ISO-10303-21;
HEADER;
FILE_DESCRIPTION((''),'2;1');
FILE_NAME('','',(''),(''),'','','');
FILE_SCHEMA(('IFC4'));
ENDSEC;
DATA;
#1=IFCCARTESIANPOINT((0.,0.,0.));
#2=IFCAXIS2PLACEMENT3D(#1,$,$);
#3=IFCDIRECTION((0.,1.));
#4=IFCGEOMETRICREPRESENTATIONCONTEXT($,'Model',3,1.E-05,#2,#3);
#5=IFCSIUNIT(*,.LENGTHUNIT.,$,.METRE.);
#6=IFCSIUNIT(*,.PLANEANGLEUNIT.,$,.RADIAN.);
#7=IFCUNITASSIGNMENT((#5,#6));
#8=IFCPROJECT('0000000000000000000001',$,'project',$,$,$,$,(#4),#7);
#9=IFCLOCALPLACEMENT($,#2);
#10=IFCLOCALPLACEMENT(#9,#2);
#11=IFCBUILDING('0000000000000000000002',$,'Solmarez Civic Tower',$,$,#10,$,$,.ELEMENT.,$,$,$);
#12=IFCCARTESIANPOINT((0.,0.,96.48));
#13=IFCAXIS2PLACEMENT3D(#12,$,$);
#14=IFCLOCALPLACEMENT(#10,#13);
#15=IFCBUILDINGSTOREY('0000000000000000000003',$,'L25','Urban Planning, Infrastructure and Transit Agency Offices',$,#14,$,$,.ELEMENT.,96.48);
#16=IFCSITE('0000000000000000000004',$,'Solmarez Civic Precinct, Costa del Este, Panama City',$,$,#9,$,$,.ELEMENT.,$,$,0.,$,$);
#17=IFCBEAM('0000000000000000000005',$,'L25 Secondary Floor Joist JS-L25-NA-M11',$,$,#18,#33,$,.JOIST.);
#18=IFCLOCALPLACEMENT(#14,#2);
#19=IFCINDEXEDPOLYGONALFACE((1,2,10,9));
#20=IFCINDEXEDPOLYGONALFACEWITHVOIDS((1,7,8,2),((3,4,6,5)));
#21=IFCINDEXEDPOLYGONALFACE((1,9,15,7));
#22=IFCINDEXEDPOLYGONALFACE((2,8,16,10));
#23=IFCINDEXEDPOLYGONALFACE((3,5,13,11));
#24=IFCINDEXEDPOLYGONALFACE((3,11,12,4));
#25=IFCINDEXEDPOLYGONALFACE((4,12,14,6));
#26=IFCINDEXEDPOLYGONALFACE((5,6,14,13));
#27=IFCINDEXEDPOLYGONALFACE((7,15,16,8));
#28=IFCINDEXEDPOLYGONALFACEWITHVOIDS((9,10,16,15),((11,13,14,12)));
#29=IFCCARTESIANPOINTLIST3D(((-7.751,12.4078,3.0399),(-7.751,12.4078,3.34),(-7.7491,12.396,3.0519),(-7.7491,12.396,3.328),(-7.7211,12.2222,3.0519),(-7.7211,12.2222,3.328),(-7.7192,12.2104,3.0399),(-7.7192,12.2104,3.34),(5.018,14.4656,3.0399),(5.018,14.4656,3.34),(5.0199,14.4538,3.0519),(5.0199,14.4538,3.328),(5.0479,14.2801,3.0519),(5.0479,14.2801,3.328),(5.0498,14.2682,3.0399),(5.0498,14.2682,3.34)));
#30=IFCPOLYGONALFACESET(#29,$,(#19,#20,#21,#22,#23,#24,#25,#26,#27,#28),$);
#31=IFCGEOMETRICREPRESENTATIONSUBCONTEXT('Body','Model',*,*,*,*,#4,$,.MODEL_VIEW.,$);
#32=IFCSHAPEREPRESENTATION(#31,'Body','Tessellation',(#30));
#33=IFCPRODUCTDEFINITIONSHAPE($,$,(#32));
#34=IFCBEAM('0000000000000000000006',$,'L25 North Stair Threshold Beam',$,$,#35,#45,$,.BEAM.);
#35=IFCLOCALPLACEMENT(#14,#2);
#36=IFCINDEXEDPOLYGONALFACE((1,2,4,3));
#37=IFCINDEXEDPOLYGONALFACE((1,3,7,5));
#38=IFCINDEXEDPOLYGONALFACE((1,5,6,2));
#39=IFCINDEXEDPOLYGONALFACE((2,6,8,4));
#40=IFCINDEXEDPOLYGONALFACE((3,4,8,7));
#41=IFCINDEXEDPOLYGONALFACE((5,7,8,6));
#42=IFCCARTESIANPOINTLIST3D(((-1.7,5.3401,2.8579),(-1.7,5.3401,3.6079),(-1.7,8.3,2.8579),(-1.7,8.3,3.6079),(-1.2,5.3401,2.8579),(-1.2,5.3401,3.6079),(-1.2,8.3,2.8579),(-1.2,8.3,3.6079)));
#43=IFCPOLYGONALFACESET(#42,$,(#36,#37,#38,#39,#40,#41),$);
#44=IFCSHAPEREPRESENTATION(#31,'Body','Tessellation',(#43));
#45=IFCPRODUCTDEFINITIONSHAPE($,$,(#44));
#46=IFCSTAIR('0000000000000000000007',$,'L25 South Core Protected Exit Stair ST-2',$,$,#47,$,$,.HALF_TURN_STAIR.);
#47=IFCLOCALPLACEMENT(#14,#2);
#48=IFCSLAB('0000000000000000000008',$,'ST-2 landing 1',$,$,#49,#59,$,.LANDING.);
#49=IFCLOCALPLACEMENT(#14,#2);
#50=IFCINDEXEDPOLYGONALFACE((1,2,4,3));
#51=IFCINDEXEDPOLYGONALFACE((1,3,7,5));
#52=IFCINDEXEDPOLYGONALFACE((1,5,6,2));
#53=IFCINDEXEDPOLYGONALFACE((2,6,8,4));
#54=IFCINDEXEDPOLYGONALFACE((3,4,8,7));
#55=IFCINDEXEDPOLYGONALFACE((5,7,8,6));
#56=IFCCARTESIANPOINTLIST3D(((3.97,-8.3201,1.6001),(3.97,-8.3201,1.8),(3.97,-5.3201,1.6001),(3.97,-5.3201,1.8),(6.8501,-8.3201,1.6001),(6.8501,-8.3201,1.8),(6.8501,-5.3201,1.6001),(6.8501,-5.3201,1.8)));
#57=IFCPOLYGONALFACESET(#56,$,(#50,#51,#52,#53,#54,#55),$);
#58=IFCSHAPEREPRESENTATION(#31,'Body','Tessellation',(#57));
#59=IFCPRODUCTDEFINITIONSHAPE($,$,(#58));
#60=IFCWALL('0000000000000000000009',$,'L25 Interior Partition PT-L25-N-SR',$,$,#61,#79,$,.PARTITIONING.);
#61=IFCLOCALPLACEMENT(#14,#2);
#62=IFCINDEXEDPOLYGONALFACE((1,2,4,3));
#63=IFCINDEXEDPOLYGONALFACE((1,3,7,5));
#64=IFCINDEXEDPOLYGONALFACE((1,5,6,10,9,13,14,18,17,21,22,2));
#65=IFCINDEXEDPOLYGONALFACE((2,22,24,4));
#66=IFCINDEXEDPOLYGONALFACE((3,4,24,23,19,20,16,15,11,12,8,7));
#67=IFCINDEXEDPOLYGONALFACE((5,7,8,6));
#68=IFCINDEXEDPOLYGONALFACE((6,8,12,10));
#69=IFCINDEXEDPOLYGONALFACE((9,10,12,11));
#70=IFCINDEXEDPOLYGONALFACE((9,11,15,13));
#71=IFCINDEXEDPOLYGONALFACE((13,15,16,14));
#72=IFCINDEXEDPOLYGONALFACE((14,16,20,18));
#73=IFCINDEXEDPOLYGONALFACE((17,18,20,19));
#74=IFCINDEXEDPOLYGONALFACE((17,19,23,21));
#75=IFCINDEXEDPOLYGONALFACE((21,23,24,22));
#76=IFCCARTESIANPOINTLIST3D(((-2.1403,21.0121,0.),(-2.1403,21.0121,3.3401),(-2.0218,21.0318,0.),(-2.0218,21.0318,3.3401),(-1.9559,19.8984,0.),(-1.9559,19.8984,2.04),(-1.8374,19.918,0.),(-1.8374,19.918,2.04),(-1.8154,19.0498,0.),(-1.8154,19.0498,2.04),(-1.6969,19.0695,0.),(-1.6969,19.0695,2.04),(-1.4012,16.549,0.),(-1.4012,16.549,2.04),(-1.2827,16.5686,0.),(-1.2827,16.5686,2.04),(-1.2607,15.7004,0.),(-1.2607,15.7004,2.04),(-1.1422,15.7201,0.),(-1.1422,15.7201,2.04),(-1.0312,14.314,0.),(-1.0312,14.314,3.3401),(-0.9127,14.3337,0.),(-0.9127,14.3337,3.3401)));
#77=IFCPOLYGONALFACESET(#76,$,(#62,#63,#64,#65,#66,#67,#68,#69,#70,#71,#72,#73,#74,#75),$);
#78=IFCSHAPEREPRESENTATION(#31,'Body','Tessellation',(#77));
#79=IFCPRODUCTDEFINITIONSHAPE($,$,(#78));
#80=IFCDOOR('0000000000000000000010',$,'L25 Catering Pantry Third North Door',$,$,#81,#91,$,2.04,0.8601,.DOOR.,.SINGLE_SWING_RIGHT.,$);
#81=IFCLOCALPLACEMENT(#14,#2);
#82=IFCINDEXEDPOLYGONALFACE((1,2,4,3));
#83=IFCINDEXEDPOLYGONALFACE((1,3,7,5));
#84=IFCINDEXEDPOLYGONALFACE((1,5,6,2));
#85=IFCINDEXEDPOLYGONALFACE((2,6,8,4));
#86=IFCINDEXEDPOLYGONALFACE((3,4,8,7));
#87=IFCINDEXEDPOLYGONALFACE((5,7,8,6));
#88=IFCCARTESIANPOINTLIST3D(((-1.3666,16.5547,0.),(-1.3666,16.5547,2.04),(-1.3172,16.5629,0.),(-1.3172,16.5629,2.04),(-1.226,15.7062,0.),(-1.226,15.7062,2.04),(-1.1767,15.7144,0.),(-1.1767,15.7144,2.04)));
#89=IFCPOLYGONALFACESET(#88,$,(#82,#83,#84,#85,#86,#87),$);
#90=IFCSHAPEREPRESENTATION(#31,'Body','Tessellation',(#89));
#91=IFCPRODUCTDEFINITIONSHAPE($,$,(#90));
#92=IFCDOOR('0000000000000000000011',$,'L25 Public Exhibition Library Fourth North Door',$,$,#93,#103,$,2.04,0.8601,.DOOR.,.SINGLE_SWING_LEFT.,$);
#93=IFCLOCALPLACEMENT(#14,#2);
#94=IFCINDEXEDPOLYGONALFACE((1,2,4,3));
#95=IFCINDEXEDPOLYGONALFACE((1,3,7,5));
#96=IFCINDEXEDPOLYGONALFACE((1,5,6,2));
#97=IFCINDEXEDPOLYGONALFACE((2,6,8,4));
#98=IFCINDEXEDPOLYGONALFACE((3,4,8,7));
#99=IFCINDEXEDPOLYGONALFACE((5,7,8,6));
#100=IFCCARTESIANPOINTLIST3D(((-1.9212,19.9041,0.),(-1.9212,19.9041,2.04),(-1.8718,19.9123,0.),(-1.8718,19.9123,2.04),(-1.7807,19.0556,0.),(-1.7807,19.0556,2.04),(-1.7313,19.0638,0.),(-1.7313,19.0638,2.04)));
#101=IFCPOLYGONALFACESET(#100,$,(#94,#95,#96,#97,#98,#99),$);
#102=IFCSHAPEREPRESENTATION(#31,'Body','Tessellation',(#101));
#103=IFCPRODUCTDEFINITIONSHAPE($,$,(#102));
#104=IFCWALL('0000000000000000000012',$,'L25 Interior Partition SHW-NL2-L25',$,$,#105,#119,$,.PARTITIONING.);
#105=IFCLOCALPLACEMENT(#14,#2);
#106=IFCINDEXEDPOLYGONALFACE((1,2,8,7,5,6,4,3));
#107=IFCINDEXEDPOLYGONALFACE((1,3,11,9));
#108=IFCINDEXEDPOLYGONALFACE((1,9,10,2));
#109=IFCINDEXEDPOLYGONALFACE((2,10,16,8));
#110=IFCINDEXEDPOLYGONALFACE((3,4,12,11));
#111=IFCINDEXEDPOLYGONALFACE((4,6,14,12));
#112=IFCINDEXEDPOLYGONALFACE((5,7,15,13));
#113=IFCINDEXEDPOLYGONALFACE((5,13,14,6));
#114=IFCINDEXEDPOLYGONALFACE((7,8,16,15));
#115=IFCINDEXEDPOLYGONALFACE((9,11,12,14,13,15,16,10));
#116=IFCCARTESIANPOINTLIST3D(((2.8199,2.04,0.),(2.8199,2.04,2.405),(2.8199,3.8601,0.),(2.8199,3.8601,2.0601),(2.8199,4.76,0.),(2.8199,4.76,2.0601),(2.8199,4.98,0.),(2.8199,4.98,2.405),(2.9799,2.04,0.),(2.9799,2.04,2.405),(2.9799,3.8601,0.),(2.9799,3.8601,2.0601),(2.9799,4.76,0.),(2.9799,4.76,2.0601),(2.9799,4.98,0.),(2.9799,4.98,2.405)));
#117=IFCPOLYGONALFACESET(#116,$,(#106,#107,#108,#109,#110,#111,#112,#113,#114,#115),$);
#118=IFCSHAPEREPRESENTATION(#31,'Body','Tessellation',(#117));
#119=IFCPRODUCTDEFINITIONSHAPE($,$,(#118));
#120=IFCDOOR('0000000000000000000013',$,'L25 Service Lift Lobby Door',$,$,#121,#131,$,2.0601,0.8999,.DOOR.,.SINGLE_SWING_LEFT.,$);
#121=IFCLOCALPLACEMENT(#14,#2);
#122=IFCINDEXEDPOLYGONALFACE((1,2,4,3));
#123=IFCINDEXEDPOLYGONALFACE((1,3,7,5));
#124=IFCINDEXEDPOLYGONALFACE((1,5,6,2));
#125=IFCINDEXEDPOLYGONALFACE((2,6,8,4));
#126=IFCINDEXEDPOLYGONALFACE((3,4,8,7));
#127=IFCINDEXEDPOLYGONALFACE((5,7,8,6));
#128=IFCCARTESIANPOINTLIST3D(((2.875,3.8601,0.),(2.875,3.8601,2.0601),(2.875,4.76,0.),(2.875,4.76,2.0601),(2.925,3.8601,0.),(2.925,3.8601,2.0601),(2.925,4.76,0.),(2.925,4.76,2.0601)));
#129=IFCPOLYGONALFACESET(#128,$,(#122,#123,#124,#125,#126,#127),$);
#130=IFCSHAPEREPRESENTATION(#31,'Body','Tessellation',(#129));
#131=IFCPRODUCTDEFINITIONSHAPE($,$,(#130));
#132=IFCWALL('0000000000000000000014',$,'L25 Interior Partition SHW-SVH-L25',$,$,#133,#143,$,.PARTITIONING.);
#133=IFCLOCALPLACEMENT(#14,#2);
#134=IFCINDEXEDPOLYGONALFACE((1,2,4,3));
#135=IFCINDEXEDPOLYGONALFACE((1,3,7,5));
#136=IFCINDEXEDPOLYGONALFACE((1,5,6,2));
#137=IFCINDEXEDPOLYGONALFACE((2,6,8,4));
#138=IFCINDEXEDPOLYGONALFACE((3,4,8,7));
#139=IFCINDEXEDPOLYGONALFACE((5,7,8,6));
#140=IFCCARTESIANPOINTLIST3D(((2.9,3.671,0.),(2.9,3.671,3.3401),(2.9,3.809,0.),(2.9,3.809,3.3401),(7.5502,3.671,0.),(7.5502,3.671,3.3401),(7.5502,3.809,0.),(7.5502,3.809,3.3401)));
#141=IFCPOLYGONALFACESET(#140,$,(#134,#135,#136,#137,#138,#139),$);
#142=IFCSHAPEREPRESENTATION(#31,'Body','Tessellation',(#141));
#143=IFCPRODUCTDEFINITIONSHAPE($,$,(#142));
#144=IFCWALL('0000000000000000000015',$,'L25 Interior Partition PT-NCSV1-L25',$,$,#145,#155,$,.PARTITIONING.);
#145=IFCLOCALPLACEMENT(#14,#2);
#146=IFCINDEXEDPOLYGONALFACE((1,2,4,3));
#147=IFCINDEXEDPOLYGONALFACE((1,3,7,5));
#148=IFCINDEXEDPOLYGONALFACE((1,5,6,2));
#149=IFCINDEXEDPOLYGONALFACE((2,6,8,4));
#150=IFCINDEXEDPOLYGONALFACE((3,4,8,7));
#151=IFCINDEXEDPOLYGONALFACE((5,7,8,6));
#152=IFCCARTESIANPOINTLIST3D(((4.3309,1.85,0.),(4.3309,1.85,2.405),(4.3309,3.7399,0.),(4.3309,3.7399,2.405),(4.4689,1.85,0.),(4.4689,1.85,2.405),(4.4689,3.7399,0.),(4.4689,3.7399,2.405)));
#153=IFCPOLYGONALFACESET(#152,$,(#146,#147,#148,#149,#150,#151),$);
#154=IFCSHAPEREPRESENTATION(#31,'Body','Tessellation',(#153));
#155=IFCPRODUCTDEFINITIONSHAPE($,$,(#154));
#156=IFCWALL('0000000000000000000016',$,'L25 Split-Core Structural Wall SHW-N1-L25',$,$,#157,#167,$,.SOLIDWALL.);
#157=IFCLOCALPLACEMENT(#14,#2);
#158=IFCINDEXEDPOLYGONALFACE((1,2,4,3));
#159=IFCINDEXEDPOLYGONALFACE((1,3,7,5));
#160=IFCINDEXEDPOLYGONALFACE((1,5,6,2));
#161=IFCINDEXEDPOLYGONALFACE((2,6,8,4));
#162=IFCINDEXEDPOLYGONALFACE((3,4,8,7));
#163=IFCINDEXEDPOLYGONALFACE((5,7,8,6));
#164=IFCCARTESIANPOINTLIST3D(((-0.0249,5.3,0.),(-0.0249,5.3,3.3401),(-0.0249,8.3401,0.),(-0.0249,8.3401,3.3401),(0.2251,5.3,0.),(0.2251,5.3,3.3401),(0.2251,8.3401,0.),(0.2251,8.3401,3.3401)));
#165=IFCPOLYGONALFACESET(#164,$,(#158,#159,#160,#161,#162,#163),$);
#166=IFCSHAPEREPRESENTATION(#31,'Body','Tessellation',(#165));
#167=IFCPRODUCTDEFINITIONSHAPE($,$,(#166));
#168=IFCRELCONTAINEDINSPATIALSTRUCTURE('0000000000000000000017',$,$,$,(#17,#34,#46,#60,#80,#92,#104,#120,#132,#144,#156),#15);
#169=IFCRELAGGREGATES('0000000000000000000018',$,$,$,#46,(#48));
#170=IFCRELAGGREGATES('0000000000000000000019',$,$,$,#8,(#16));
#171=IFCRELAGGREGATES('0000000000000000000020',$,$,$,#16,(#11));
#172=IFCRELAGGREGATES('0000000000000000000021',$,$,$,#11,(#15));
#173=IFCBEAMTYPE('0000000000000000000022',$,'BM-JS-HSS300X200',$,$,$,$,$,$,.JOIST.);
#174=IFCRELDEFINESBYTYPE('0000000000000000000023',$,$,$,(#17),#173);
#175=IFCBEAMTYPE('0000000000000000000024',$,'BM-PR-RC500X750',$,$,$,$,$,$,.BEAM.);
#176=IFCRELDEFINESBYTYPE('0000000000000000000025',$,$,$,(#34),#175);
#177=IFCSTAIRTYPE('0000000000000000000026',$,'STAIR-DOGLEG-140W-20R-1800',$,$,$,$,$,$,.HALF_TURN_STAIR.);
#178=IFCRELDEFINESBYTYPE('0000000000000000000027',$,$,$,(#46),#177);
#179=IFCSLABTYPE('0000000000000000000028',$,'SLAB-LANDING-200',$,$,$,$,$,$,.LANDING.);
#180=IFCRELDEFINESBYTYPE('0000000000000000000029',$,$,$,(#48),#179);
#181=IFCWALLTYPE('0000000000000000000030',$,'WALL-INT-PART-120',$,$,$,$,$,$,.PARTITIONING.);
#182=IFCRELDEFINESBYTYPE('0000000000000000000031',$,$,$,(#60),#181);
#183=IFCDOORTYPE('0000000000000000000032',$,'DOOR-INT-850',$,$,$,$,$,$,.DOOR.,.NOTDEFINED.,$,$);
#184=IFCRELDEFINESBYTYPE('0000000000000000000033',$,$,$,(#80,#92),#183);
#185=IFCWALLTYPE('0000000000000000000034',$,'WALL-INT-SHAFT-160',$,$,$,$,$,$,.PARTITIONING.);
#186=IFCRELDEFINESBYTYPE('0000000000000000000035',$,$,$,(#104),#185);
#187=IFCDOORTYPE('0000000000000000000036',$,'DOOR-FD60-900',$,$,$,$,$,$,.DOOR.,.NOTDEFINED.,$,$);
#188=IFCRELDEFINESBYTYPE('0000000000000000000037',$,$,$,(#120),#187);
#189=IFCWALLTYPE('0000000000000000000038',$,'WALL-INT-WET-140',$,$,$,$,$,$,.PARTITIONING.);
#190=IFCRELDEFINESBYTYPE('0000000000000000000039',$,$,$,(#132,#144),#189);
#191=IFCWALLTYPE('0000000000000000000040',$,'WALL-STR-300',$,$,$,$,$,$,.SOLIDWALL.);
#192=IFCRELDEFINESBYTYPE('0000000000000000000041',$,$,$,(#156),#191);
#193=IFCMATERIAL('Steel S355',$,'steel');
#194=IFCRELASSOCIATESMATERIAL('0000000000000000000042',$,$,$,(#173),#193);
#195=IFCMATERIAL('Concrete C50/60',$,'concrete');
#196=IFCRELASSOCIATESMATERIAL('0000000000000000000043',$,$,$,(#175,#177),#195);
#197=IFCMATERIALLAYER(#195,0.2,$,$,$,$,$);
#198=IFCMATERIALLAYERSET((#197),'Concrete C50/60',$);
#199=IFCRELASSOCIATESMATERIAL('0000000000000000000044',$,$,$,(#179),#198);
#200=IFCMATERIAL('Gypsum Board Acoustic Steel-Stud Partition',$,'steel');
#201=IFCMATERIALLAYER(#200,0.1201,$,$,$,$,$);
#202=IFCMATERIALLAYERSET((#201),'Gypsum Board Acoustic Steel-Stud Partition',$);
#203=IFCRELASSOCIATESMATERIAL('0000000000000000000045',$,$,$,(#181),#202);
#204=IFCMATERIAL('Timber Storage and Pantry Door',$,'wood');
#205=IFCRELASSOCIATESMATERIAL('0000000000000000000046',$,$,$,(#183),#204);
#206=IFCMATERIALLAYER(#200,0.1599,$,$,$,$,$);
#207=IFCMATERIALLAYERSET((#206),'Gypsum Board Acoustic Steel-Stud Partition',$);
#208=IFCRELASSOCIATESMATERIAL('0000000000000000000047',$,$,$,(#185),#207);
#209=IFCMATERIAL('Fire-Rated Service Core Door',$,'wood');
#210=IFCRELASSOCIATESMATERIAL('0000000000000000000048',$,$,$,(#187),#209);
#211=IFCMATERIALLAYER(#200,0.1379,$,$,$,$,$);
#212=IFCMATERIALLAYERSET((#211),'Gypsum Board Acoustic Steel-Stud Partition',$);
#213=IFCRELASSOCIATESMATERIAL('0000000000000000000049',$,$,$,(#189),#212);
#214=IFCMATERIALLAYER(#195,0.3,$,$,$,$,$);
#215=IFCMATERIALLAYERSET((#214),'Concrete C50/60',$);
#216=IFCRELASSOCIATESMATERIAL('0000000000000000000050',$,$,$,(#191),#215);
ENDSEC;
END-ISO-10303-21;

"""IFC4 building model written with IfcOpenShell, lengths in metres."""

from ifc_helpers import new_model, si_unit, direction, frame, frame_2d, origin, origin_2d, place, context, subcontext, project, spatial, polyline, rectangle, hollow_rectangle, outline, extrude, material, layer, layer_set, material_profile, profile_set, type_object, element, fill, aggregate, save


model = new_model("IFC4")

# Units and contexts
model_context = context("Model", 3, precision=1e-05, world=origin(), true_north=direction((0.0, 1.0)))
body_context = subcontext(model_context, "Body", "Model", "MODEL_VIEW")
ifc_project = project(units=[si_unit("LENGTHUNIT", "METRE"), si_unit("PLANEANGLEUNIT", "RADIAN")], contexts=[model_context])

# Site, building, storey
site_placement = place(None, origin())
site = spatial("IfcSite", under=ifc_project, at=site_placement, Name="Solmarez Civic Precinct, Costa del Este, Panama City", CompositionType="ELEMENT", RefElevation=0.0)
building_placement = place(site_placement, origin())
building = spatial("IfcBuilding", under=site, at=building_placement, Name="Solmarez Civic Tower", CompositionType="ELEMENT")
storey_placement = place(building_placement, frame((0.0, 0.0, 96.48)))
storey = spatial("IfcBuildingStorey", under=building, at=storey_placement, Name="L25", Description="Urban Planning, Infrastructure and Transit Agency Offices", CompositionType="ELEMENT", Elevation=96.48)

# Beams
ifc_material_1 = material(Name="Steel S355", Category="steel")
ifc_material_profile_1 = material_profile(ifc_material_1, hollow_rectangle(XDim=0.2, YDim=0.3, WallThickness=0.012, at=origin_2d()), Name="HSS300X200X12")
ifc_profile_set_1 = profile_set([ifc_material_profile_1], Name="Steel S355")
beam_type_1 = type_object("IfcBeamType", Name="BM-JS-HSS300X200", PredefinedType="JOIST", material=ifc_profile_set_1)
beam_1_placement = place(storey_placement, frame((5.0339, 14.3669, 3.1899), z_axis=(-0.987261, -0.159107, 0.0), x_axis=(0.159107, -0.987261, 0.0)))
element("IfcBeam", 1, at=beam_1_placement, inside=storey, type_object=beam_type_1, Name="L25 Secondary Floor Joist JS-L25-NA-M11", PredefinedType="JOIST", context=body_context, shape_type="SweptSolid", body=[
    extrude(hollow_rectangle(XDim=0.2, YDim=0.3, WallThickness=0.012, at=origin_2d()), origin(), (0.0, 0.0, 1.0), 12.9338),
])
ifc_material_2 = material(Name="Concrete C50/60", Category="concrete")
ifc_material_profile_2 = material_profile(ifc_material_2, rectangle(XDim=0.5, YDim=0.75, at=origin_2d()), Name="RC500X750")
ifc_profile_set_2 = profile_set([ifc_material_profile_2], Name="Concrete C50/60")
beam_type_2 = type_object("IfcBeamType", Name="BM-PR-RC500X750", PredefinedType="BEAM", material=ifc_profile_set_2)
beam_2_placement = place(storey_placement, frame((-1.45, 5.3401, 3.2329), z_axis=(0.0, 1.0, 0.0), x_axis=(-1.0, 0.0, 0.0)))
element("IfcBeam", 2, at=beam_2_placement, inside=storey, type_object=beam_type_2, Name="L25 North Stair Threshold Beam", PredefinedType="BEAM", context=body_context, shape_type="SweptSolid", body=[
    extrude(rectangle(XDim=0.5, YDim=0.75, at=origin_2d()), origin(), (0.0, 0.0, 1.0), 2.96),
])

# Stair, slab
stair_type = type_object("IfcStairType", Name="STAIR-DOGLEG-140W-20R-1800", PredefinedType="HALF_TURN_STAIR", material=ifc_material_2)
stair_1_placement = place(storey_placement, origin())
stair_1 = element("IfcStair", 3, at=stair_1_placement, inside=storey, type_object=stair_type, Name="L25 South Core Protected Exit Stair ST-2", PredefinedType="HALF_TURN_STAIR")
ifc_layer_1 = layer(ifc_material_2, 0.2)
ifc_layer_set_1 = layer_set([ifc_layer_1], Name="Concrete C50/60")
slab_type = type_object("IfcSlabType", Name="SLAB-LANDING-200", PredefinedType="LANDING", material=ifc_layer_set_1)
slab_placement = place(storey_placement, frame((0.0, 0.0, 1.6001)))
slab = element("IfcSlab", 4, at=slab_placement, type_object=slab_type, Name="ST-2 landing 1", PredefinedType="LANDING", context=body_context, shape_type="SweptSolid", body=[
    extrude(outline(polyline([(3.97, -8.3201), (6.8501, -8.3201), (6.8501, -5.3201), (3.97, -5.3201), (3.97, -8.3201)])), origin(), (0.0, 0.0, 1.0), 0.2),
])
aggregate(stair_1, [slab])

# Wall, openings, doors
ifc_material_3 = material(Name="Gypsum Board Acoustic Steel-Stud Partition", Category="steel")
ifc_layer_2 = layer(ifc_material_3, 0.1201)
ifc_layer_set_2 = layer_set([ifc_layer_2], Name="Gypsum Board Acoustic Steel-Stud Partition")
wall_type_1 = type_object("IfcWallType", Name="WALL-INT-PART-120", PredefinedType="PARTITIONING", material=ifc_layer_set_2)
wall_1_placement = place(storey_placement, frame((-0.9719, 14.324, 0.0), z_axis=(0.0, 0.0, 1.0), x_axis=(-0.163367, 0.986565, 0.0)))
wall_1 = element("IfcWall", 5, at=wall_1_placement, inside=storey, type_object=wall_type_1, Name="L25 Interior Partition PT-L25-N-SR", PredefinedType="PARTITIONING", context=body_context, shape_type="SweptSolid", body=[
    extrude(rectangle(XDim=6.7893, YDim=0.1201, at=frame_2d((3.3945, 0.0))), origin(), (0.0, 0.0, 1.0), 3.3401),
])
opening_1_placement = place(wall_1_placement, frame((1.405, 0.0, 0.0)))
opening_1 = element("IfcOpeningElement", 6, at=opening_1_placement, cuts=wall_1, PredefinedType="OPENING", context=body_context, shape_type="SweptSolid", body=[
    extrude(rectangle(XDim=0.8601, YDim=2.04, at=frame_2d((0.4302, 1.02))), frame((0.0, 0.0701, 0.0), z_axis=(0.0, -1.0, 0.0), x_axis=(1.0, 0.0, 0.0)), (0.0, 0.0, 1.0), 0.1401),
])
opening_2_placement = place(wall_1_placement, frame((4.8, 0.0, 0.0)))
opening_2 = element("IfcOpeningElement", 7, at=opening_2_placement, cuts=wall_1, PredefinedType="OPENING", context=body_context, shape_type="SweptSolid", body=[
    extrude(rectangle(XDim=0.8601, YDim=2.04, at=frame_2d((0.4302, 1.02))), frame((0.0, 0.0701, 0.0), z_axis=(0.0, -1.0, 0.0), x_axis=(1.0, 0.0, 0.0)), (0.0, 0.0, 1.0), 0.1401),
])
ifc_material_4 = material(Name="Timber Storage and Pantry Door", Category="wood")
door_type_1 = type_object("IfcDoorType", Name="DOOR-INT-850", OperationType="NOTDEFINED", PredefinedType="DOOR", material=ifc_material_4)
door_1_placement = place(opening_1_placement, origin())
door_1 = element("IfcDoor", 8, at=door_1_placement, inside=storey, type_object=door_type_1, Name="L25 Catering Pantry Third North Door", OperationType="SINGLE_SWING_RIGHT", OverallHeight=2.04, OverallWidth=0.8601, PredefinedType="DOOR", context=body_context, shape_type="SweptSolid", body=[
    extrude(rectangle(XDim=0.8601, YDim=2.04, at=frame_2d((0.4302, 1.02))), frame((0.0, 0.0249, 0.0), z_axis=(0.0, -1.0, 0.0), x_axis=(1.0, 0.0, 0.0)), (0.0, 0.0, 1.0), 0.05),
])
fill(opening_1, door_1)
door_2_placement = place(opening_2_placement, origin())
door_2 = element("IfcDoor", 9, at=door_2_placement, inside=storey, type_object=door_type_1, Name="L25 Public Exhibition Library Fourth North Door", OperationType="SINGLE_SWING_LEFT", OverallHeight=2.04, OverallWidth=0.8601, PredefinedType="DOOR", context=body_context, shape_type="SweptSolid", body=[
    extrude(rectangle(XDim=0.8601, YDim=2.04, at=frame_2d((0.4302, 1.02))), frame((0.0, 0.0249, 0.0), z_axis=(0.0, -1.0, 0.0), x_axis=(1.0, 0.0, 0.0)), (0.0, 0.0, 1.0), 0.05),
])
fill(opening_2, door_2)

# Wall, opening, door
ifc_layer_3 = layer(ifc_material_3, 0.1599)
ifc_layer_set_3 = layer_set([ifc_layer_3], Name="Gypsum Board Acoustic Steel-Stud Partition")
wall_type_2 = type_object("IfcWallType", Name="WALL-INT-SHAFT-160", PredefinedType="PARTITIONING", material=ifc_layer_set_3)
wall_2_placement = place(storey_placement, frame((2.8999, 2.04, 0.0), z_axis=(0.0, 0.0, 1.0), x_axis=(0.0, 1.0, 0.0)))
wall_2 = element("IfcWall", 10, at=wall_2_placement, inside=storey, type_object=wall_type_2, Name="L25 Interior Partition SHW-NL2-L25", PredefinedType="PARTITIONING", context=body_context, shape_type="SweptSolid", body=[
    extrude(rectangle(XDim=2.9399, YDim=0.1599, at=frame_2d((1.47, 0.0))), origin(), (0.0, 0.0, 1.0), 2.405),
])
opening_3_placement = place(wall_2_placement, frame((1.8201, 0.0, 0.0)))
opening_3 = element("IfcOpeningElement", 11, at=opening_3_placement, cuts=wall_2, PredefinedType="OPENING", context=body_context, shape_type="SweptSolid", body=[
    extrude(rectangle(XDim=0.8999, YDim=2.0601, at=frame_2d((0.45, 1.03))), frame((0.0, 0.0898, 0.0), z_axis=(0.0, -1.0, 0.0), x_axis=(1.0, 0.0, 0.0)), (0.0, 0.0, 1.0), 0.1799),
])
ifc_material_5 = material(Name="Fire-Rated Service Core Door", Category="wood")
door_type_2 = type_object("IfcDoorType", Name="DOOR-FD60-900", OperationType="NOTDEFINED", PredefinedType="DOOR", material=ifc_material_5)
door_3_placement = place(opening_3_placement, origin())
door_3 = element("IfcDoor", 12, at=door_3_placement, inside=storey, type_object=door_type_2, Name="L25 Service Lift Lobby Door", OperationType="SINGLE_SWING_LEFT", OverallHeight=2.0601, OverallWidth=0.8999, PredefinedType="DOOR", context=body_context, shape_type="SweptSolid", body=[
    extrude(rectangle(XDim=0.8999, YDim=2.0601, at=frame_2d((0.45, 1.03))), frame((0.0, 0.0249, 0.0), z_axis=(0.0, -1.0, 0.0), x_axis=(1.0, 0.0, 0.0)), (0.0, 0.0, 1.0), 0.05),
])
fill(opening_3, door_3)

# Walls
ifc_layer_4 = layer(ifc_material_3, 0.1379)
ifc_layer_set_4 = layer_set([ifc_layer_4], Name="Gypsum Board Acoustic Steel-Stud Partition")
wall_type_3 = type_object("IfcWallType", Name="WALL-INT-WET-140", PredefinedType="PARTITIONING", material=ifc_layer_set_4)
wall_3_placement = place(storey_placement, frame((2.8999, 3.74, 0.0), z_axis=(0.0, 0.0, 1.0), x_axis=(1.0, 0.0, 0.0)))
element("IfcWall", 13, at=wall_3_placement, inside=storey, type_object=wall_type_3, Name="L25 Interior Partition SHW-SVH-L25", PredefinedType="PARTITIONING", context=body_context, shape_type="SweptSolid", body=[
    extrude(rectangle(XDim=4.6501, YDim=0.1379, at=frame_2d((2.3252, 0.0))), origin(), (0.0, 0.0, 1.0), 3.3401),
])
wall_4_placement = place(storey_placement, frame((4.3999, 1.8501, 0.0), z_axis=(0.0, 0.0, 1.0), x_axis=(0.0, 1.0, 0.0)))
element("IfcWall", 14, at=wall_4_placement, inside=storey, type_object=wall_type_3, Name="L25 Interior Partition PT-NCSV1-L25", PredefinedType="PARTITIONING", context=body_context, shape_type="SweptSolid", body=[
    extrude(rectangle(XDim=1.8899, YDim=0.1379, at=frame_2d((0.9448, 0.0))), origin(), (0.0, 0.0, 1.0), 2.405),
])
ifc_layer_5 = layer(ifc_material_2, 0.3)
ifc_layer_set_5 = layer_set([ifc_layer_5], Name="Concrete C50/60")
wall_type_4 = type_object("IfcWallType", Name="WALL-STR-300", PredefinedType="SOLIDWALL", material=ifc_layer_set_5)
for number, where, z_axis, x_axis, name in (
    (15, (0.1001, 5.3, 0.0), (0.0, 0.0, 1.0), (0.0, 1.0, 0.0), "L25 Split-Core Structural Wall SHW-N1-L25"),
):
    element("IfcWall", number, at=place(storey_placement, frame(where, z_axis=z_axis, x_axis=x_axis)), inside=storey, type_object=wall_type_4, Name=name, PredefinedType="SOLIDWALL", context=body_context, shape_type="SweptSolid", body=[
        extrude(rectangle(XDim=3.04, YDim=0.25, at=frame_2d((1.52, 0.0))), origin(), (0.0, 0.0, 1.0), 3.3401),
    ])

save(model, "model.ifc")
